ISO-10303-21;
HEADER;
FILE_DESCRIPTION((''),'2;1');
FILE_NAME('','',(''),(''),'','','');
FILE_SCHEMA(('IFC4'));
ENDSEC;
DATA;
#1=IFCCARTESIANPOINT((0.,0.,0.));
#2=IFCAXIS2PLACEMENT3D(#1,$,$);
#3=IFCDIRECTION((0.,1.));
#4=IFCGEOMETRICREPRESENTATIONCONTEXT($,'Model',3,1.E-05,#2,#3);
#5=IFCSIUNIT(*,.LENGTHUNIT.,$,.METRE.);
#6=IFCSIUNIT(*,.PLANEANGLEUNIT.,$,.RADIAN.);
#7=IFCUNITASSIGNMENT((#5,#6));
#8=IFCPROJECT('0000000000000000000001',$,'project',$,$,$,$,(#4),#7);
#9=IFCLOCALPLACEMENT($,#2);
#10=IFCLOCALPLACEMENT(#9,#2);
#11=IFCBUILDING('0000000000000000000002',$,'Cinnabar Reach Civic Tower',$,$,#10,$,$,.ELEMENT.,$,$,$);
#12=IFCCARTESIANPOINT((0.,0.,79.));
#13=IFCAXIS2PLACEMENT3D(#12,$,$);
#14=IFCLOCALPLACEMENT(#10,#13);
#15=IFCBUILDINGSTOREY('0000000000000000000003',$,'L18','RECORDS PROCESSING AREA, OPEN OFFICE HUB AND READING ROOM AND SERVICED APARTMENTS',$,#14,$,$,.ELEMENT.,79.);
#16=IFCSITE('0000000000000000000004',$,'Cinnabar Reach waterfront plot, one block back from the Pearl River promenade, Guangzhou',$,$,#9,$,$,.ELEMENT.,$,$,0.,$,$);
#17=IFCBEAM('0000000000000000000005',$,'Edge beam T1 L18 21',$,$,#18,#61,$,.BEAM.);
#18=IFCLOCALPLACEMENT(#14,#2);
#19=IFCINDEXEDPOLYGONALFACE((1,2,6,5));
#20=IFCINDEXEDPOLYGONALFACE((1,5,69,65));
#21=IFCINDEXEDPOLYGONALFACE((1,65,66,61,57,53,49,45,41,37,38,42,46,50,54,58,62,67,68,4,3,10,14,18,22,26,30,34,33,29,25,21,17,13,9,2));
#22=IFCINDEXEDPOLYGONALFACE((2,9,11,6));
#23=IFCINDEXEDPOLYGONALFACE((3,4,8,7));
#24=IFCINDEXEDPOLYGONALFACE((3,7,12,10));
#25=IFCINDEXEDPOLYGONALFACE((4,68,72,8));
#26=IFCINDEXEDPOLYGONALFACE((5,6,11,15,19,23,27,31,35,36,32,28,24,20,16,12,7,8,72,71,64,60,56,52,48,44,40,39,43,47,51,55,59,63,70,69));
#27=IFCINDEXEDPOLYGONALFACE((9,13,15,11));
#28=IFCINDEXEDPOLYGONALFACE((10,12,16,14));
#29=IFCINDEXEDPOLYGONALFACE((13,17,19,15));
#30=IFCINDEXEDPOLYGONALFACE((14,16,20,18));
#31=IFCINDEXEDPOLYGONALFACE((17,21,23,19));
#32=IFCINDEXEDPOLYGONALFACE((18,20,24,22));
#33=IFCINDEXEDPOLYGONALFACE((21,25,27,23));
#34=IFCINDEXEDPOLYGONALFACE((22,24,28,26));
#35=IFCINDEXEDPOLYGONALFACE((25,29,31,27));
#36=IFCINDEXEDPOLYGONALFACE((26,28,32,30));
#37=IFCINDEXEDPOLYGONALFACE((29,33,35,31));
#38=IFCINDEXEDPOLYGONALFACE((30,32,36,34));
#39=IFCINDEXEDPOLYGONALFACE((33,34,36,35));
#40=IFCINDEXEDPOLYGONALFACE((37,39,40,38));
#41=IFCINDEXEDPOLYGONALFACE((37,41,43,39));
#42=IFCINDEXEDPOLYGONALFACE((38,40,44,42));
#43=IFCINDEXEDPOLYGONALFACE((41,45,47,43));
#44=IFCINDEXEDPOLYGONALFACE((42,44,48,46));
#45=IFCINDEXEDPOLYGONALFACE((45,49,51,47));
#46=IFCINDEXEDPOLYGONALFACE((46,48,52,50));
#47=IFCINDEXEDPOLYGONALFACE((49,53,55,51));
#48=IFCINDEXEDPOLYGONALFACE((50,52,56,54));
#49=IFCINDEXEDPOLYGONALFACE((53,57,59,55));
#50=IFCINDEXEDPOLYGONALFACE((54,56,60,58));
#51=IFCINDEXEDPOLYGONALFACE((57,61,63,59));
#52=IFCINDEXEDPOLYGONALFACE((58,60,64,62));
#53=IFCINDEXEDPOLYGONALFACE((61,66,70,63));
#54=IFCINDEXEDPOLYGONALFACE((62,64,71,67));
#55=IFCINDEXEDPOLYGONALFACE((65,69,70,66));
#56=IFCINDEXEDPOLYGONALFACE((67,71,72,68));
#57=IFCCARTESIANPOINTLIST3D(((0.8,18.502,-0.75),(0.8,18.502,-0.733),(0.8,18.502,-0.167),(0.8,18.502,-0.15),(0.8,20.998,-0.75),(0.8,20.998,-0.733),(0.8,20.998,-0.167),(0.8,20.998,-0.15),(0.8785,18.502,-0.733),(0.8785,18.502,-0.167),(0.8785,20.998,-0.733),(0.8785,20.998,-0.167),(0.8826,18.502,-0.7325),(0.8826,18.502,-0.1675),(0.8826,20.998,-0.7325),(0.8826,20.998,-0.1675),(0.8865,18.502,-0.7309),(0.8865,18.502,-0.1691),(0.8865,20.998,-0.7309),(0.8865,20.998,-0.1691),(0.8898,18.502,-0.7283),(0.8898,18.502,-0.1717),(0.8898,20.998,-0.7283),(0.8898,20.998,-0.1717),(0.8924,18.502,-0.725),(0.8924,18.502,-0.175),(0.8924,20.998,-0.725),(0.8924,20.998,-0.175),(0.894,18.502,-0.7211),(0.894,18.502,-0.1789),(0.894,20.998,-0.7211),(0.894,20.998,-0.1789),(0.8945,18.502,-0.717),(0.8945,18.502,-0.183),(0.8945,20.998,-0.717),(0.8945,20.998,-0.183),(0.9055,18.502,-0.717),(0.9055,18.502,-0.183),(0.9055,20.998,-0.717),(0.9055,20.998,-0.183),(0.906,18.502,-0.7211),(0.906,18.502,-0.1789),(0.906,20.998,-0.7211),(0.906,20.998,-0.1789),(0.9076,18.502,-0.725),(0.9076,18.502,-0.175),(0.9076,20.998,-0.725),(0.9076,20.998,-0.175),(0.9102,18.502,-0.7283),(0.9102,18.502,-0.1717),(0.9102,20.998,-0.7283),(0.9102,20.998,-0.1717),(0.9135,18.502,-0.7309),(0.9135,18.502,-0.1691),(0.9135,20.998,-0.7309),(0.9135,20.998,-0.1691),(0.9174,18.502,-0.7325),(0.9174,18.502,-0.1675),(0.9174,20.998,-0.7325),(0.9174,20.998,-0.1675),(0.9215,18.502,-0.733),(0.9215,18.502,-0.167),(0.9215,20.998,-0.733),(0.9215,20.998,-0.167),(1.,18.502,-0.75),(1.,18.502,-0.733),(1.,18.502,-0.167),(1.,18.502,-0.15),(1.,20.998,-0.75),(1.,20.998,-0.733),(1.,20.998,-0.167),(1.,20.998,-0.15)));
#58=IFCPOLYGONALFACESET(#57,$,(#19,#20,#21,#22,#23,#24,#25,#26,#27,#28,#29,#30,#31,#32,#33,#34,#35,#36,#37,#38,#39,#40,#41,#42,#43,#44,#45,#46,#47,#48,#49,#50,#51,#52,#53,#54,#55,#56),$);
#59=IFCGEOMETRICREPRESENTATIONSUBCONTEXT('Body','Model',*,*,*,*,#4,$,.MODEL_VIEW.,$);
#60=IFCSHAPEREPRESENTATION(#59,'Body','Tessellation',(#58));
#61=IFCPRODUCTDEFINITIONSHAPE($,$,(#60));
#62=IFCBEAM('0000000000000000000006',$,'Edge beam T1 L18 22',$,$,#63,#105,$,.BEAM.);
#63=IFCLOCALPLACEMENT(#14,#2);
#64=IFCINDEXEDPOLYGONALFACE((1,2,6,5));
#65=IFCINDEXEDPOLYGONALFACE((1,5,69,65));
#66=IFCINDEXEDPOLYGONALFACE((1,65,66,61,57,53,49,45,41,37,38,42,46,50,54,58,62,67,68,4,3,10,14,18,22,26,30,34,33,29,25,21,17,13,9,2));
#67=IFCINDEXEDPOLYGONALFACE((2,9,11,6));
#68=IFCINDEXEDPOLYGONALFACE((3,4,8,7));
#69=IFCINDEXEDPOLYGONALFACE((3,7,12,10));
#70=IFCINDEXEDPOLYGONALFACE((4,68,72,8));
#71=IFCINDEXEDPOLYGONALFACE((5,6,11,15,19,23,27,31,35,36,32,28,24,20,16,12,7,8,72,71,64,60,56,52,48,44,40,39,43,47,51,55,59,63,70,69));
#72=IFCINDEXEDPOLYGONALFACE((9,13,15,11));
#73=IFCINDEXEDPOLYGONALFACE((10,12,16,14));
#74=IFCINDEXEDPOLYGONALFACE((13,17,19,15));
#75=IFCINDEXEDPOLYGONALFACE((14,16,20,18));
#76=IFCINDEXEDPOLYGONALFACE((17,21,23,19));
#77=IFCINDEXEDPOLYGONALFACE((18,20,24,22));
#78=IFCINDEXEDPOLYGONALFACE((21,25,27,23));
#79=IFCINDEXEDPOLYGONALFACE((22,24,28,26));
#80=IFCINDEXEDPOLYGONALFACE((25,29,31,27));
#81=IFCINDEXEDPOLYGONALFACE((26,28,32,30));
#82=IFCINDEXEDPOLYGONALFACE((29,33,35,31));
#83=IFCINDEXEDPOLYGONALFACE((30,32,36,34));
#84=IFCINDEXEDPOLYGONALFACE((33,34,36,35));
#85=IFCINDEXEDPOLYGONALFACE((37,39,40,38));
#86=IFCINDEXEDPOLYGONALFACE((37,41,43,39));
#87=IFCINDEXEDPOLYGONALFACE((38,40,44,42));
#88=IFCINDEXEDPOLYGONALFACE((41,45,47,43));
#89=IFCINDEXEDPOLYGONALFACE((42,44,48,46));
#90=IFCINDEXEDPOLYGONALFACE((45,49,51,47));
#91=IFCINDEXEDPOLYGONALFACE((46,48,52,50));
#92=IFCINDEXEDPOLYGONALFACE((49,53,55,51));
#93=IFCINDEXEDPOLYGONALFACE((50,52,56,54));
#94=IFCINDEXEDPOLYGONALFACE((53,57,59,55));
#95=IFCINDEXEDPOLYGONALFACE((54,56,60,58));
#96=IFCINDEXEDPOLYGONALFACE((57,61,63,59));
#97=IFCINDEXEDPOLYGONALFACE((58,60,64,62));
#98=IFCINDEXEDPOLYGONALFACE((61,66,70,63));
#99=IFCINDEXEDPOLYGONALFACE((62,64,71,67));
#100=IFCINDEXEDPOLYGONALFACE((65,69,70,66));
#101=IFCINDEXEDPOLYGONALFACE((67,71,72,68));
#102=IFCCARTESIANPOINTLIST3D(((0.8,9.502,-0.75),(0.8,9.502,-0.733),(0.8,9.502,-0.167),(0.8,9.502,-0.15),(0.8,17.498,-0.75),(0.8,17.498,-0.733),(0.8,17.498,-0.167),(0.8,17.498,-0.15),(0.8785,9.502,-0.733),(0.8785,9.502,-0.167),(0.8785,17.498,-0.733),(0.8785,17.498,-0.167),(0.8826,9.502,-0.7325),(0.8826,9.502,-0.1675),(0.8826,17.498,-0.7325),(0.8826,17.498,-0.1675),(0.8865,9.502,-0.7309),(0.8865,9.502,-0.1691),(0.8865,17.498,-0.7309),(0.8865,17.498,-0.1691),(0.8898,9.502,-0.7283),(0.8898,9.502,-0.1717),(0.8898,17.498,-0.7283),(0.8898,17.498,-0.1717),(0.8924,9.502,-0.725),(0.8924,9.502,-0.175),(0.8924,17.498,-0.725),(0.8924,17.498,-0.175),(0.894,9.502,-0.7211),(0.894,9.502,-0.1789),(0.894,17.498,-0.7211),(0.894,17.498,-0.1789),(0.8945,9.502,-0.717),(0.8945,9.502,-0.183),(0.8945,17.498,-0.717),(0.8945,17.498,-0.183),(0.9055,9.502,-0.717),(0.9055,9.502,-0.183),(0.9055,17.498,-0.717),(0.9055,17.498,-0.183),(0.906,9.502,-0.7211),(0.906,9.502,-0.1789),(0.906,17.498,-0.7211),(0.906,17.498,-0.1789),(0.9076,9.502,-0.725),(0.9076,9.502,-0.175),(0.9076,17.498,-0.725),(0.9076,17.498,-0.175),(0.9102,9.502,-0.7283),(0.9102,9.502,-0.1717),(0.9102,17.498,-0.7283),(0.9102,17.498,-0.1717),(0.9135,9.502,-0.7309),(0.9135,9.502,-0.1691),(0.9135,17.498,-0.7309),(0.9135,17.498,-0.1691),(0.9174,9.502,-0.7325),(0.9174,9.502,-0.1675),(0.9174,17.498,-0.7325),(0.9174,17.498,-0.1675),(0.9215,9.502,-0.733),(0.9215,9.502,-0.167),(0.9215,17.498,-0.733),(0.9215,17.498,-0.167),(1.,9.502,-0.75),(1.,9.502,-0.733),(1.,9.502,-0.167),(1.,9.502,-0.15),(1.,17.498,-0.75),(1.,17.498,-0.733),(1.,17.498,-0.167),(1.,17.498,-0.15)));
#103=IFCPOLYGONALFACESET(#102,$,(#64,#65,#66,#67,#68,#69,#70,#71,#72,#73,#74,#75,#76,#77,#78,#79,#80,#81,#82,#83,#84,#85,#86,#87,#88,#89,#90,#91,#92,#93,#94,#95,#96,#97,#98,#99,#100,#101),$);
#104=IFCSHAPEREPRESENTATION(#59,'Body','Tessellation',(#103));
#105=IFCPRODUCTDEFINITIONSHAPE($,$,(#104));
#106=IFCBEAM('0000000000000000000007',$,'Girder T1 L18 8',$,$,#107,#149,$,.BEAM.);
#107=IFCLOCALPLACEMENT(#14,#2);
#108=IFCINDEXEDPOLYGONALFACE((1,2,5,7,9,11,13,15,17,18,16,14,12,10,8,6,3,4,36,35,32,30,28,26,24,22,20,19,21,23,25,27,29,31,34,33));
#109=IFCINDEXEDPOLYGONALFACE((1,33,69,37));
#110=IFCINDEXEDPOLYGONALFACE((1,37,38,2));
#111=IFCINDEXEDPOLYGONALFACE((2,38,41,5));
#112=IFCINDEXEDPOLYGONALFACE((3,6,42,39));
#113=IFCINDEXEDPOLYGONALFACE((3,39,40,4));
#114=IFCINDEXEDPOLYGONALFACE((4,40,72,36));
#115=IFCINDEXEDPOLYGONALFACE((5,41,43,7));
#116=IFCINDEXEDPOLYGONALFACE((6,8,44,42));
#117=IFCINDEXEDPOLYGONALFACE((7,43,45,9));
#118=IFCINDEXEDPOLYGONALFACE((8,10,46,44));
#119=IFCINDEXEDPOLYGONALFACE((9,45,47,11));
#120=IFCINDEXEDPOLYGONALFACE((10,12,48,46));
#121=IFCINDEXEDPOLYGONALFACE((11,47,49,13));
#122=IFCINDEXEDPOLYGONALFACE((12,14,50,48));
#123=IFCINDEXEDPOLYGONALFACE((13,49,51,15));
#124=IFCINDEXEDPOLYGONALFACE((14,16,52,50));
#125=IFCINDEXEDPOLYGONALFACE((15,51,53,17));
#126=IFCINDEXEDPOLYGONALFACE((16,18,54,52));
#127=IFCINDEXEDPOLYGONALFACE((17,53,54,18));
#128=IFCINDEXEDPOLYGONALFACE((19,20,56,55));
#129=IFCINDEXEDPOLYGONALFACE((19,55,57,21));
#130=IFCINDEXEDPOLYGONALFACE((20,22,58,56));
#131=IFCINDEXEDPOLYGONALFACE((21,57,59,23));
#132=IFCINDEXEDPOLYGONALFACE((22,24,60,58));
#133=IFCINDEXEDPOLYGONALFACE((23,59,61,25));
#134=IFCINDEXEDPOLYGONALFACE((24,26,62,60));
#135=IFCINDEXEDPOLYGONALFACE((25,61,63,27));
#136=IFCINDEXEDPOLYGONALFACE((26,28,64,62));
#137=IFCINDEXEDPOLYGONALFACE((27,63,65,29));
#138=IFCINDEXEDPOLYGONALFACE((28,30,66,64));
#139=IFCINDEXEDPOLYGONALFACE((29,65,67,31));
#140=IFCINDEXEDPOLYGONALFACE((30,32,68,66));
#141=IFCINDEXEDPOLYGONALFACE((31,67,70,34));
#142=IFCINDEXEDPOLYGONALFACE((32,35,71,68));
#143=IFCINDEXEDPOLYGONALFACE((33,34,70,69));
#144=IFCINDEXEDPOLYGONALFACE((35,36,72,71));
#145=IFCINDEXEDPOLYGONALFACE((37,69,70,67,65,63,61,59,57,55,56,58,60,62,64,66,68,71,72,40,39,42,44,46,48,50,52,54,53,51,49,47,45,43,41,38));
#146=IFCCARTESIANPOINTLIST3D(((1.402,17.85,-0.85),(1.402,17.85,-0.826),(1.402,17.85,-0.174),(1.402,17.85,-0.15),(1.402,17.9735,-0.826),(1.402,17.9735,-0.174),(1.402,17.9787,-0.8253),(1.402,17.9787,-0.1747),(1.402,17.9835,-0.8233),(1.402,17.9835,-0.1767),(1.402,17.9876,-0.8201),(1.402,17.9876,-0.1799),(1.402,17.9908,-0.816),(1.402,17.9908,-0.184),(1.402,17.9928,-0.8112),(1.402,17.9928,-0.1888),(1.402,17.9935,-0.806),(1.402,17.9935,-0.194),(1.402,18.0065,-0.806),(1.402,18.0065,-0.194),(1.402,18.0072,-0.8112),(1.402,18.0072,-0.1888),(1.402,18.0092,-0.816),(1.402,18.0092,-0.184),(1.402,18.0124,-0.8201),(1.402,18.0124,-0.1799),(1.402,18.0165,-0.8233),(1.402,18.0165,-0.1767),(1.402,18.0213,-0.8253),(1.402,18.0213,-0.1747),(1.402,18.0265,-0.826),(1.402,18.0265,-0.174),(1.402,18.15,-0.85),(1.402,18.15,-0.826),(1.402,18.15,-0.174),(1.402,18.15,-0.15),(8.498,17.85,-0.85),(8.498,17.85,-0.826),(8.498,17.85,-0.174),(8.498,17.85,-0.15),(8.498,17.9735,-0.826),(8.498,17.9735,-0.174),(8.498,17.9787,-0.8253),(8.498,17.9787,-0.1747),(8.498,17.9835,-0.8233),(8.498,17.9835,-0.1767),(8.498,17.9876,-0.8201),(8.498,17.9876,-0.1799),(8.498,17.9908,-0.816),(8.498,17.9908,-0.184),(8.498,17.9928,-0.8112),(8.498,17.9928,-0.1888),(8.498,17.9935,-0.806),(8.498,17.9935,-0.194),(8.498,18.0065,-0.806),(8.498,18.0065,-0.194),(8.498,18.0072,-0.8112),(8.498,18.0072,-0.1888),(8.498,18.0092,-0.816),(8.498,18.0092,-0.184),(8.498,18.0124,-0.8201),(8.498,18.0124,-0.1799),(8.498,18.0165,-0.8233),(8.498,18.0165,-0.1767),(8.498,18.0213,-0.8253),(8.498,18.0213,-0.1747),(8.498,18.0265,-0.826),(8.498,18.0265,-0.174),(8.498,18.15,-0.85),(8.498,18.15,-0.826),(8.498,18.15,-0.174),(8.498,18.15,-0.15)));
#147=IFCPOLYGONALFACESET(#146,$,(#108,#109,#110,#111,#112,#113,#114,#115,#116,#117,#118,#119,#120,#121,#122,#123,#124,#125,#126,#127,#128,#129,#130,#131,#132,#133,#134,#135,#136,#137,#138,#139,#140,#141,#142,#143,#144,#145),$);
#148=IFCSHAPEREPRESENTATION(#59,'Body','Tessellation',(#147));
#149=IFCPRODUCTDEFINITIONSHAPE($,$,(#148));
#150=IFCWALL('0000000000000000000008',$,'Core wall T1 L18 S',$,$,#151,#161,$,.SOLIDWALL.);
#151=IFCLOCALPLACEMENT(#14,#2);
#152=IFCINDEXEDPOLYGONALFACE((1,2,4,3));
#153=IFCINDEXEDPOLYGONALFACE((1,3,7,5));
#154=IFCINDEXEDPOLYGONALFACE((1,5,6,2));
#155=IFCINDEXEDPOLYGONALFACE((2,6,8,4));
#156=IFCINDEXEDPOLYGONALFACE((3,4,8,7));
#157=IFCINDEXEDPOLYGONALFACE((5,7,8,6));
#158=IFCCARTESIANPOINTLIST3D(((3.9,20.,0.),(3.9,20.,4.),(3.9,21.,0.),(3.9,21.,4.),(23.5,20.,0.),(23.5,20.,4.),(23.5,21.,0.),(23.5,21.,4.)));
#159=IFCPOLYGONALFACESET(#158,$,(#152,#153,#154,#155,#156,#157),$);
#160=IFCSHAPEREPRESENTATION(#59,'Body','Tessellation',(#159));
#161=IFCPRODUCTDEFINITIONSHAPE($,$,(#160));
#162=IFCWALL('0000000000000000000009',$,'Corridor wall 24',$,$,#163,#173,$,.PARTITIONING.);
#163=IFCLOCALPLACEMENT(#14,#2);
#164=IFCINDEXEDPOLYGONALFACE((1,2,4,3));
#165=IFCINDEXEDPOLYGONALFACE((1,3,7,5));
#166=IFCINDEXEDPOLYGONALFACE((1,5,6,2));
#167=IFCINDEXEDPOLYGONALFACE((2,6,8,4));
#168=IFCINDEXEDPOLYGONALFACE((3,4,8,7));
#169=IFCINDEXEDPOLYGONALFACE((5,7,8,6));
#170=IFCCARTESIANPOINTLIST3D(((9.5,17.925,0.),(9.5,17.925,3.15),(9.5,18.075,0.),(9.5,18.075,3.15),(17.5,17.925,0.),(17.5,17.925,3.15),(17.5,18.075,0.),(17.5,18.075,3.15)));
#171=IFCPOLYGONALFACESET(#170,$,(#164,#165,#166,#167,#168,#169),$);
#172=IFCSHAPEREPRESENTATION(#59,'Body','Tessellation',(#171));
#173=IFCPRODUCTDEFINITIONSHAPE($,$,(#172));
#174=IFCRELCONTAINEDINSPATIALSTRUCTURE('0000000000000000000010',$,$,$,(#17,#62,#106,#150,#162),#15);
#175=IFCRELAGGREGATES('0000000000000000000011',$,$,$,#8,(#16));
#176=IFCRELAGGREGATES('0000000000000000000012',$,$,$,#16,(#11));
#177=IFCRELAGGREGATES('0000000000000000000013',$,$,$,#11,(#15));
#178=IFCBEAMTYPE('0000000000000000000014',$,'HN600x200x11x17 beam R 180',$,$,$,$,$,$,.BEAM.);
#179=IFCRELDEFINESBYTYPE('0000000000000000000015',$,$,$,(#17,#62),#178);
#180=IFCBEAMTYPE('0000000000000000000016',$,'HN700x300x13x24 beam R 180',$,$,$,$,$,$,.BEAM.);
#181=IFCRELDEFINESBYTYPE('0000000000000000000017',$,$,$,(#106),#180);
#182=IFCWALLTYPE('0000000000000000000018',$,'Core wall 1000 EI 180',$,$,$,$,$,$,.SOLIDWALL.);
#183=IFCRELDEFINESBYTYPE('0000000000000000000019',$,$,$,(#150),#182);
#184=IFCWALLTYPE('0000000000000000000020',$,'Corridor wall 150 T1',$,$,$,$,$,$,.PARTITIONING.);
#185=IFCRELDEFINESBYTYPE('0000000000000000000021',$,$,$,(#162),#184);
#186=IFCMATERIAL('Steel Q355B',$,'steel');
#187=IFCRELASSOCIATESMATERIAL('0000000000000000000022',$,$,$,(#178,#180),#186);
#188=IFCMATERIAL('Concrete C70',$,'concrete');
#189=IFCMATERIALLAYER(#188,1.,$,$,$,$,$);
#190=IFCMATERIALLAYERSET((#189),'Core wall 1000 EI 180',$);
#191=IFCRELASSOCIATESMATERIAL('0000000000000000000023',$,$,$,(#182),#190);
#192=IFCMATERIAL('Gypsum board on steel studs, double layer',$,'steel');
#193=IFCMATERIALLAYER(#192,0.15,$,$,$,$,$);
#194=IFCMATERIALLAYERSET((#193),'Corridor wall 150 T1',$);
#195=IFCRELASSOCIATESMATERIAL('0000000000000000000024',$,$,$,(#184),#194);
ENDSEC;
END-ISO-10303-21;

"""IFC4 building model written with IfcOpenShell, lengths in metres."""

from ifc_helpers import new_model, si_unit, direction, frame, frame_2d, origin, origin_2d, place, context, subcontext, project, spatial, rectangle, i_section, extrude, material, layer, layer_set, material_profile, profile_set, type_object, element, save


model = new_model("IFC4")

# Units and contexts
model_context = context("Model", 3, precision=1e-05, world=origin(), true_north=direction((0.0, 1.0)))
body_context = subcontext(model_context, "Body", "Model", "MODEL_VIEW")
ifc_project = project(units=[si_unit("LENGTHUNIT", "METRE"), si_unit("PLANEANGLEUNIT", "RADIAN")], contexts=[model_context])

# Site, building, storey
site_placement = place(None, origin())
site = spatial("IfcSite", under=ifc_project, at=site_placement, Name="Cinnabar Reach waterfront plot, one block back from the Pearl River promenade, Guangzhou", CompositionType="ELEMENT", RefElevation=0.0)
building_placement = place(site_placement, origin())
building = spatial("IfcBuilding", under=site, at=building_placement, Name="Cinnabar Reach Civic Tower", CompositionType="ELEMENT")
storey_placement = place(building_placement, frame((0.0, 0.0, 79.0)))
storey = spatial("IfcBuildingStorey", under=building, at=storey_placement, Name="L18", Description="RECORDS PROCESSING AREA, OPEN OFFICE HUB AND READING ROOM AND SERVICED APARTMENTS", CompositionType="ELEMENT", Elevation=79.0)

# Shared definitions
ifc_material_1 = material(Name="Concrete C70", Category="concrete")

# Beams
ifc_material_2 = material(Name="Steel Q355B", Category="steel")
ifc_material_profile_1 = material_profile(ifc_material_2, i_section(OverallWidth=0.2, OverallDepth=0.6, WebThickness=0.011, FlangeThickness=0.017, FilletRadius=0.016, at=origin_2d()), Name="HN600x200x11x17")
ifc_profile_set_1 = profile_set([ifc_material_profile_1], Name="Steel Q355B")
beam_type_1 = type_object("IfcBeamType", Name="HN600x200x11x17 beam R 180", PredefinedType="BEAM", material=ifc_profile_set_1)
beam_1_placement = place(storey_placement, frame((0.9, 20.998, -0.45), z_axis=(0.0, -1.0, 0.0), x_axis=(1.0, 0.0, 0.0)))
element("IfcBeam", 1, at=beam_1_placement, inside=storey, type_object=beam_type_1, Name="Edge beam T1 L18 21", PredefinedType="BEAM", context=body_context, shape_type="SweptSolid", body=[
    extrude(i_section(OverallWidth=0.2, OverallDepth=0.6, WebThickness=0.011, FlangeThickness=0.017, FilletRadius=0.016, at=origin_2d()), origin(), (0.0, 0.0, 1.0), 2.496),
])
beam_2_placement = place(storey_placement, frame((0.9, 17.498, -0.45), z_axis=(0.0, -1.0, 0.0), x_axis=(1.0, 0.0, 0.0)))
element("IfcBeam", 2, at=beam_2_placement, inside=storey, type_object=beam_type_1, Name="Edge beam T1 L18 22", PredefinedType="BEAM", context=body_context, shape_type="SweptSolid", body=[
    extrude(i_section(OverallWidth=0.2, OverallDepth=0.6, WebThickness=0.011, FlangeThickness=0.017, FilletRadius=0.016, at=origin_2d()), origin(), (0.0, 0.0, 1.0), 7.996),
])
ifc_material_profile_2 = material_profile(ifc_material_2, i_section(OverallWidth=0.3, OverallDepth=0.7, WebThickness=0.013, FlangeThickness=0.024, FilletRadius=0.02, at=origin_2d()), Name="HN700x300x13x24")
ifc_profile_set_2 = profile_set([ifc_material_profile_2], Name="Steel Q355B")
beam_type_2 = type_object("IfcBeamType", Name="HN700x300x13x24 beam R 180", PredefinedType="BEAM", material=ifc_profile_set_2)
beam_3_placement = place(storey_placement, frame((1.402, 18.0, -0.5), z_axis=(1.0, 0.0, 0.0), x_axis=(0.0, 1.0, 0.0)))
element("IfcBeam", 3, at=beam_3_placement, inside=storey, type_object=beam_type_2, Name="Girder T1 L18 8", PredefinedType="BEAM", context=body_context, shape_type="SweptSolid", body=[
    extrude(i_section(OverallWidth=0.3, OverallDepth=0.7, WebThickness=0.013, FlangeThickness=0.024, FilletRadius=0.02, at=origin_2d()), origin(), (0.0, 0.0, 1.0), 7.096),
])

# Walls
ifc_layer_1 = layer(ifc_material_1, 1.0)
ifc_layer_set_1 = layer_set([ifc_layer_1], Name="Core wall 1000 EI 180")
wall_type_1 = type_object("IfcWallType", Name="Core wall 1000 EI 180", PredefinedType="SOLIDWALL", material=ifc_layer_set_1)
wall_1_placement = place(storey_placement, frame((3.9, 20.5, 0.0), z_axis=(0.0, 0.0, 1.0), x_axis=(1.0, 0.0, 0.0)))
element("IfcWall", 4, at=wall_1_placement, inside=storey, type_object=wall_type_1, Name="Core wall T1 L18 S", PredefinedType="SOLIDWALL", context=body_context, shape_type="SweptSolid", body=[
    extrude(rectangle(XDim=19.6, YDim=1.0, at=frame_2d((9.8, 0.0))), origin(), (0.0, 0.0, 1.0), 4.0),
])
ifc_material_3 = material(Name="Gypsum board on steel studs, double layer", Category="steel")
ifc_layer_2 = layer(ifc_material_3, 0.15)
ifc_layer_set_2 = layer_set([ifc_layer_2], Name="Corridor wall 150 T1")
wall_type_2 = type_object("IfcWallType", Name="Corridor wall 150 T1", PredefinedType="PARTITIONING", material=ifc_layer_set_2)
wall_2_placement = place(storey_placement, frame((9.5, 18.0, 0.0), z_axis=(0.0, 0.0, 1.0), x_axis=(1.0, 0.0, 0.0)))
element("IfcWall", 5, at=wall_2_placement, inside=storey, type_object=wall_type_2, Name="Corridor wall 24", PredefinedType="PARTITIONING", context=body_context, shape_type="SweptSolid", body=[
    extrude(rectangle(XDim=8.0, YDim=0.15, at=frame_2d((4.0, 0.0))), origin(), (0.0, 0.0, 1.0), 3.15),
])

save(model, "model.ifc")
